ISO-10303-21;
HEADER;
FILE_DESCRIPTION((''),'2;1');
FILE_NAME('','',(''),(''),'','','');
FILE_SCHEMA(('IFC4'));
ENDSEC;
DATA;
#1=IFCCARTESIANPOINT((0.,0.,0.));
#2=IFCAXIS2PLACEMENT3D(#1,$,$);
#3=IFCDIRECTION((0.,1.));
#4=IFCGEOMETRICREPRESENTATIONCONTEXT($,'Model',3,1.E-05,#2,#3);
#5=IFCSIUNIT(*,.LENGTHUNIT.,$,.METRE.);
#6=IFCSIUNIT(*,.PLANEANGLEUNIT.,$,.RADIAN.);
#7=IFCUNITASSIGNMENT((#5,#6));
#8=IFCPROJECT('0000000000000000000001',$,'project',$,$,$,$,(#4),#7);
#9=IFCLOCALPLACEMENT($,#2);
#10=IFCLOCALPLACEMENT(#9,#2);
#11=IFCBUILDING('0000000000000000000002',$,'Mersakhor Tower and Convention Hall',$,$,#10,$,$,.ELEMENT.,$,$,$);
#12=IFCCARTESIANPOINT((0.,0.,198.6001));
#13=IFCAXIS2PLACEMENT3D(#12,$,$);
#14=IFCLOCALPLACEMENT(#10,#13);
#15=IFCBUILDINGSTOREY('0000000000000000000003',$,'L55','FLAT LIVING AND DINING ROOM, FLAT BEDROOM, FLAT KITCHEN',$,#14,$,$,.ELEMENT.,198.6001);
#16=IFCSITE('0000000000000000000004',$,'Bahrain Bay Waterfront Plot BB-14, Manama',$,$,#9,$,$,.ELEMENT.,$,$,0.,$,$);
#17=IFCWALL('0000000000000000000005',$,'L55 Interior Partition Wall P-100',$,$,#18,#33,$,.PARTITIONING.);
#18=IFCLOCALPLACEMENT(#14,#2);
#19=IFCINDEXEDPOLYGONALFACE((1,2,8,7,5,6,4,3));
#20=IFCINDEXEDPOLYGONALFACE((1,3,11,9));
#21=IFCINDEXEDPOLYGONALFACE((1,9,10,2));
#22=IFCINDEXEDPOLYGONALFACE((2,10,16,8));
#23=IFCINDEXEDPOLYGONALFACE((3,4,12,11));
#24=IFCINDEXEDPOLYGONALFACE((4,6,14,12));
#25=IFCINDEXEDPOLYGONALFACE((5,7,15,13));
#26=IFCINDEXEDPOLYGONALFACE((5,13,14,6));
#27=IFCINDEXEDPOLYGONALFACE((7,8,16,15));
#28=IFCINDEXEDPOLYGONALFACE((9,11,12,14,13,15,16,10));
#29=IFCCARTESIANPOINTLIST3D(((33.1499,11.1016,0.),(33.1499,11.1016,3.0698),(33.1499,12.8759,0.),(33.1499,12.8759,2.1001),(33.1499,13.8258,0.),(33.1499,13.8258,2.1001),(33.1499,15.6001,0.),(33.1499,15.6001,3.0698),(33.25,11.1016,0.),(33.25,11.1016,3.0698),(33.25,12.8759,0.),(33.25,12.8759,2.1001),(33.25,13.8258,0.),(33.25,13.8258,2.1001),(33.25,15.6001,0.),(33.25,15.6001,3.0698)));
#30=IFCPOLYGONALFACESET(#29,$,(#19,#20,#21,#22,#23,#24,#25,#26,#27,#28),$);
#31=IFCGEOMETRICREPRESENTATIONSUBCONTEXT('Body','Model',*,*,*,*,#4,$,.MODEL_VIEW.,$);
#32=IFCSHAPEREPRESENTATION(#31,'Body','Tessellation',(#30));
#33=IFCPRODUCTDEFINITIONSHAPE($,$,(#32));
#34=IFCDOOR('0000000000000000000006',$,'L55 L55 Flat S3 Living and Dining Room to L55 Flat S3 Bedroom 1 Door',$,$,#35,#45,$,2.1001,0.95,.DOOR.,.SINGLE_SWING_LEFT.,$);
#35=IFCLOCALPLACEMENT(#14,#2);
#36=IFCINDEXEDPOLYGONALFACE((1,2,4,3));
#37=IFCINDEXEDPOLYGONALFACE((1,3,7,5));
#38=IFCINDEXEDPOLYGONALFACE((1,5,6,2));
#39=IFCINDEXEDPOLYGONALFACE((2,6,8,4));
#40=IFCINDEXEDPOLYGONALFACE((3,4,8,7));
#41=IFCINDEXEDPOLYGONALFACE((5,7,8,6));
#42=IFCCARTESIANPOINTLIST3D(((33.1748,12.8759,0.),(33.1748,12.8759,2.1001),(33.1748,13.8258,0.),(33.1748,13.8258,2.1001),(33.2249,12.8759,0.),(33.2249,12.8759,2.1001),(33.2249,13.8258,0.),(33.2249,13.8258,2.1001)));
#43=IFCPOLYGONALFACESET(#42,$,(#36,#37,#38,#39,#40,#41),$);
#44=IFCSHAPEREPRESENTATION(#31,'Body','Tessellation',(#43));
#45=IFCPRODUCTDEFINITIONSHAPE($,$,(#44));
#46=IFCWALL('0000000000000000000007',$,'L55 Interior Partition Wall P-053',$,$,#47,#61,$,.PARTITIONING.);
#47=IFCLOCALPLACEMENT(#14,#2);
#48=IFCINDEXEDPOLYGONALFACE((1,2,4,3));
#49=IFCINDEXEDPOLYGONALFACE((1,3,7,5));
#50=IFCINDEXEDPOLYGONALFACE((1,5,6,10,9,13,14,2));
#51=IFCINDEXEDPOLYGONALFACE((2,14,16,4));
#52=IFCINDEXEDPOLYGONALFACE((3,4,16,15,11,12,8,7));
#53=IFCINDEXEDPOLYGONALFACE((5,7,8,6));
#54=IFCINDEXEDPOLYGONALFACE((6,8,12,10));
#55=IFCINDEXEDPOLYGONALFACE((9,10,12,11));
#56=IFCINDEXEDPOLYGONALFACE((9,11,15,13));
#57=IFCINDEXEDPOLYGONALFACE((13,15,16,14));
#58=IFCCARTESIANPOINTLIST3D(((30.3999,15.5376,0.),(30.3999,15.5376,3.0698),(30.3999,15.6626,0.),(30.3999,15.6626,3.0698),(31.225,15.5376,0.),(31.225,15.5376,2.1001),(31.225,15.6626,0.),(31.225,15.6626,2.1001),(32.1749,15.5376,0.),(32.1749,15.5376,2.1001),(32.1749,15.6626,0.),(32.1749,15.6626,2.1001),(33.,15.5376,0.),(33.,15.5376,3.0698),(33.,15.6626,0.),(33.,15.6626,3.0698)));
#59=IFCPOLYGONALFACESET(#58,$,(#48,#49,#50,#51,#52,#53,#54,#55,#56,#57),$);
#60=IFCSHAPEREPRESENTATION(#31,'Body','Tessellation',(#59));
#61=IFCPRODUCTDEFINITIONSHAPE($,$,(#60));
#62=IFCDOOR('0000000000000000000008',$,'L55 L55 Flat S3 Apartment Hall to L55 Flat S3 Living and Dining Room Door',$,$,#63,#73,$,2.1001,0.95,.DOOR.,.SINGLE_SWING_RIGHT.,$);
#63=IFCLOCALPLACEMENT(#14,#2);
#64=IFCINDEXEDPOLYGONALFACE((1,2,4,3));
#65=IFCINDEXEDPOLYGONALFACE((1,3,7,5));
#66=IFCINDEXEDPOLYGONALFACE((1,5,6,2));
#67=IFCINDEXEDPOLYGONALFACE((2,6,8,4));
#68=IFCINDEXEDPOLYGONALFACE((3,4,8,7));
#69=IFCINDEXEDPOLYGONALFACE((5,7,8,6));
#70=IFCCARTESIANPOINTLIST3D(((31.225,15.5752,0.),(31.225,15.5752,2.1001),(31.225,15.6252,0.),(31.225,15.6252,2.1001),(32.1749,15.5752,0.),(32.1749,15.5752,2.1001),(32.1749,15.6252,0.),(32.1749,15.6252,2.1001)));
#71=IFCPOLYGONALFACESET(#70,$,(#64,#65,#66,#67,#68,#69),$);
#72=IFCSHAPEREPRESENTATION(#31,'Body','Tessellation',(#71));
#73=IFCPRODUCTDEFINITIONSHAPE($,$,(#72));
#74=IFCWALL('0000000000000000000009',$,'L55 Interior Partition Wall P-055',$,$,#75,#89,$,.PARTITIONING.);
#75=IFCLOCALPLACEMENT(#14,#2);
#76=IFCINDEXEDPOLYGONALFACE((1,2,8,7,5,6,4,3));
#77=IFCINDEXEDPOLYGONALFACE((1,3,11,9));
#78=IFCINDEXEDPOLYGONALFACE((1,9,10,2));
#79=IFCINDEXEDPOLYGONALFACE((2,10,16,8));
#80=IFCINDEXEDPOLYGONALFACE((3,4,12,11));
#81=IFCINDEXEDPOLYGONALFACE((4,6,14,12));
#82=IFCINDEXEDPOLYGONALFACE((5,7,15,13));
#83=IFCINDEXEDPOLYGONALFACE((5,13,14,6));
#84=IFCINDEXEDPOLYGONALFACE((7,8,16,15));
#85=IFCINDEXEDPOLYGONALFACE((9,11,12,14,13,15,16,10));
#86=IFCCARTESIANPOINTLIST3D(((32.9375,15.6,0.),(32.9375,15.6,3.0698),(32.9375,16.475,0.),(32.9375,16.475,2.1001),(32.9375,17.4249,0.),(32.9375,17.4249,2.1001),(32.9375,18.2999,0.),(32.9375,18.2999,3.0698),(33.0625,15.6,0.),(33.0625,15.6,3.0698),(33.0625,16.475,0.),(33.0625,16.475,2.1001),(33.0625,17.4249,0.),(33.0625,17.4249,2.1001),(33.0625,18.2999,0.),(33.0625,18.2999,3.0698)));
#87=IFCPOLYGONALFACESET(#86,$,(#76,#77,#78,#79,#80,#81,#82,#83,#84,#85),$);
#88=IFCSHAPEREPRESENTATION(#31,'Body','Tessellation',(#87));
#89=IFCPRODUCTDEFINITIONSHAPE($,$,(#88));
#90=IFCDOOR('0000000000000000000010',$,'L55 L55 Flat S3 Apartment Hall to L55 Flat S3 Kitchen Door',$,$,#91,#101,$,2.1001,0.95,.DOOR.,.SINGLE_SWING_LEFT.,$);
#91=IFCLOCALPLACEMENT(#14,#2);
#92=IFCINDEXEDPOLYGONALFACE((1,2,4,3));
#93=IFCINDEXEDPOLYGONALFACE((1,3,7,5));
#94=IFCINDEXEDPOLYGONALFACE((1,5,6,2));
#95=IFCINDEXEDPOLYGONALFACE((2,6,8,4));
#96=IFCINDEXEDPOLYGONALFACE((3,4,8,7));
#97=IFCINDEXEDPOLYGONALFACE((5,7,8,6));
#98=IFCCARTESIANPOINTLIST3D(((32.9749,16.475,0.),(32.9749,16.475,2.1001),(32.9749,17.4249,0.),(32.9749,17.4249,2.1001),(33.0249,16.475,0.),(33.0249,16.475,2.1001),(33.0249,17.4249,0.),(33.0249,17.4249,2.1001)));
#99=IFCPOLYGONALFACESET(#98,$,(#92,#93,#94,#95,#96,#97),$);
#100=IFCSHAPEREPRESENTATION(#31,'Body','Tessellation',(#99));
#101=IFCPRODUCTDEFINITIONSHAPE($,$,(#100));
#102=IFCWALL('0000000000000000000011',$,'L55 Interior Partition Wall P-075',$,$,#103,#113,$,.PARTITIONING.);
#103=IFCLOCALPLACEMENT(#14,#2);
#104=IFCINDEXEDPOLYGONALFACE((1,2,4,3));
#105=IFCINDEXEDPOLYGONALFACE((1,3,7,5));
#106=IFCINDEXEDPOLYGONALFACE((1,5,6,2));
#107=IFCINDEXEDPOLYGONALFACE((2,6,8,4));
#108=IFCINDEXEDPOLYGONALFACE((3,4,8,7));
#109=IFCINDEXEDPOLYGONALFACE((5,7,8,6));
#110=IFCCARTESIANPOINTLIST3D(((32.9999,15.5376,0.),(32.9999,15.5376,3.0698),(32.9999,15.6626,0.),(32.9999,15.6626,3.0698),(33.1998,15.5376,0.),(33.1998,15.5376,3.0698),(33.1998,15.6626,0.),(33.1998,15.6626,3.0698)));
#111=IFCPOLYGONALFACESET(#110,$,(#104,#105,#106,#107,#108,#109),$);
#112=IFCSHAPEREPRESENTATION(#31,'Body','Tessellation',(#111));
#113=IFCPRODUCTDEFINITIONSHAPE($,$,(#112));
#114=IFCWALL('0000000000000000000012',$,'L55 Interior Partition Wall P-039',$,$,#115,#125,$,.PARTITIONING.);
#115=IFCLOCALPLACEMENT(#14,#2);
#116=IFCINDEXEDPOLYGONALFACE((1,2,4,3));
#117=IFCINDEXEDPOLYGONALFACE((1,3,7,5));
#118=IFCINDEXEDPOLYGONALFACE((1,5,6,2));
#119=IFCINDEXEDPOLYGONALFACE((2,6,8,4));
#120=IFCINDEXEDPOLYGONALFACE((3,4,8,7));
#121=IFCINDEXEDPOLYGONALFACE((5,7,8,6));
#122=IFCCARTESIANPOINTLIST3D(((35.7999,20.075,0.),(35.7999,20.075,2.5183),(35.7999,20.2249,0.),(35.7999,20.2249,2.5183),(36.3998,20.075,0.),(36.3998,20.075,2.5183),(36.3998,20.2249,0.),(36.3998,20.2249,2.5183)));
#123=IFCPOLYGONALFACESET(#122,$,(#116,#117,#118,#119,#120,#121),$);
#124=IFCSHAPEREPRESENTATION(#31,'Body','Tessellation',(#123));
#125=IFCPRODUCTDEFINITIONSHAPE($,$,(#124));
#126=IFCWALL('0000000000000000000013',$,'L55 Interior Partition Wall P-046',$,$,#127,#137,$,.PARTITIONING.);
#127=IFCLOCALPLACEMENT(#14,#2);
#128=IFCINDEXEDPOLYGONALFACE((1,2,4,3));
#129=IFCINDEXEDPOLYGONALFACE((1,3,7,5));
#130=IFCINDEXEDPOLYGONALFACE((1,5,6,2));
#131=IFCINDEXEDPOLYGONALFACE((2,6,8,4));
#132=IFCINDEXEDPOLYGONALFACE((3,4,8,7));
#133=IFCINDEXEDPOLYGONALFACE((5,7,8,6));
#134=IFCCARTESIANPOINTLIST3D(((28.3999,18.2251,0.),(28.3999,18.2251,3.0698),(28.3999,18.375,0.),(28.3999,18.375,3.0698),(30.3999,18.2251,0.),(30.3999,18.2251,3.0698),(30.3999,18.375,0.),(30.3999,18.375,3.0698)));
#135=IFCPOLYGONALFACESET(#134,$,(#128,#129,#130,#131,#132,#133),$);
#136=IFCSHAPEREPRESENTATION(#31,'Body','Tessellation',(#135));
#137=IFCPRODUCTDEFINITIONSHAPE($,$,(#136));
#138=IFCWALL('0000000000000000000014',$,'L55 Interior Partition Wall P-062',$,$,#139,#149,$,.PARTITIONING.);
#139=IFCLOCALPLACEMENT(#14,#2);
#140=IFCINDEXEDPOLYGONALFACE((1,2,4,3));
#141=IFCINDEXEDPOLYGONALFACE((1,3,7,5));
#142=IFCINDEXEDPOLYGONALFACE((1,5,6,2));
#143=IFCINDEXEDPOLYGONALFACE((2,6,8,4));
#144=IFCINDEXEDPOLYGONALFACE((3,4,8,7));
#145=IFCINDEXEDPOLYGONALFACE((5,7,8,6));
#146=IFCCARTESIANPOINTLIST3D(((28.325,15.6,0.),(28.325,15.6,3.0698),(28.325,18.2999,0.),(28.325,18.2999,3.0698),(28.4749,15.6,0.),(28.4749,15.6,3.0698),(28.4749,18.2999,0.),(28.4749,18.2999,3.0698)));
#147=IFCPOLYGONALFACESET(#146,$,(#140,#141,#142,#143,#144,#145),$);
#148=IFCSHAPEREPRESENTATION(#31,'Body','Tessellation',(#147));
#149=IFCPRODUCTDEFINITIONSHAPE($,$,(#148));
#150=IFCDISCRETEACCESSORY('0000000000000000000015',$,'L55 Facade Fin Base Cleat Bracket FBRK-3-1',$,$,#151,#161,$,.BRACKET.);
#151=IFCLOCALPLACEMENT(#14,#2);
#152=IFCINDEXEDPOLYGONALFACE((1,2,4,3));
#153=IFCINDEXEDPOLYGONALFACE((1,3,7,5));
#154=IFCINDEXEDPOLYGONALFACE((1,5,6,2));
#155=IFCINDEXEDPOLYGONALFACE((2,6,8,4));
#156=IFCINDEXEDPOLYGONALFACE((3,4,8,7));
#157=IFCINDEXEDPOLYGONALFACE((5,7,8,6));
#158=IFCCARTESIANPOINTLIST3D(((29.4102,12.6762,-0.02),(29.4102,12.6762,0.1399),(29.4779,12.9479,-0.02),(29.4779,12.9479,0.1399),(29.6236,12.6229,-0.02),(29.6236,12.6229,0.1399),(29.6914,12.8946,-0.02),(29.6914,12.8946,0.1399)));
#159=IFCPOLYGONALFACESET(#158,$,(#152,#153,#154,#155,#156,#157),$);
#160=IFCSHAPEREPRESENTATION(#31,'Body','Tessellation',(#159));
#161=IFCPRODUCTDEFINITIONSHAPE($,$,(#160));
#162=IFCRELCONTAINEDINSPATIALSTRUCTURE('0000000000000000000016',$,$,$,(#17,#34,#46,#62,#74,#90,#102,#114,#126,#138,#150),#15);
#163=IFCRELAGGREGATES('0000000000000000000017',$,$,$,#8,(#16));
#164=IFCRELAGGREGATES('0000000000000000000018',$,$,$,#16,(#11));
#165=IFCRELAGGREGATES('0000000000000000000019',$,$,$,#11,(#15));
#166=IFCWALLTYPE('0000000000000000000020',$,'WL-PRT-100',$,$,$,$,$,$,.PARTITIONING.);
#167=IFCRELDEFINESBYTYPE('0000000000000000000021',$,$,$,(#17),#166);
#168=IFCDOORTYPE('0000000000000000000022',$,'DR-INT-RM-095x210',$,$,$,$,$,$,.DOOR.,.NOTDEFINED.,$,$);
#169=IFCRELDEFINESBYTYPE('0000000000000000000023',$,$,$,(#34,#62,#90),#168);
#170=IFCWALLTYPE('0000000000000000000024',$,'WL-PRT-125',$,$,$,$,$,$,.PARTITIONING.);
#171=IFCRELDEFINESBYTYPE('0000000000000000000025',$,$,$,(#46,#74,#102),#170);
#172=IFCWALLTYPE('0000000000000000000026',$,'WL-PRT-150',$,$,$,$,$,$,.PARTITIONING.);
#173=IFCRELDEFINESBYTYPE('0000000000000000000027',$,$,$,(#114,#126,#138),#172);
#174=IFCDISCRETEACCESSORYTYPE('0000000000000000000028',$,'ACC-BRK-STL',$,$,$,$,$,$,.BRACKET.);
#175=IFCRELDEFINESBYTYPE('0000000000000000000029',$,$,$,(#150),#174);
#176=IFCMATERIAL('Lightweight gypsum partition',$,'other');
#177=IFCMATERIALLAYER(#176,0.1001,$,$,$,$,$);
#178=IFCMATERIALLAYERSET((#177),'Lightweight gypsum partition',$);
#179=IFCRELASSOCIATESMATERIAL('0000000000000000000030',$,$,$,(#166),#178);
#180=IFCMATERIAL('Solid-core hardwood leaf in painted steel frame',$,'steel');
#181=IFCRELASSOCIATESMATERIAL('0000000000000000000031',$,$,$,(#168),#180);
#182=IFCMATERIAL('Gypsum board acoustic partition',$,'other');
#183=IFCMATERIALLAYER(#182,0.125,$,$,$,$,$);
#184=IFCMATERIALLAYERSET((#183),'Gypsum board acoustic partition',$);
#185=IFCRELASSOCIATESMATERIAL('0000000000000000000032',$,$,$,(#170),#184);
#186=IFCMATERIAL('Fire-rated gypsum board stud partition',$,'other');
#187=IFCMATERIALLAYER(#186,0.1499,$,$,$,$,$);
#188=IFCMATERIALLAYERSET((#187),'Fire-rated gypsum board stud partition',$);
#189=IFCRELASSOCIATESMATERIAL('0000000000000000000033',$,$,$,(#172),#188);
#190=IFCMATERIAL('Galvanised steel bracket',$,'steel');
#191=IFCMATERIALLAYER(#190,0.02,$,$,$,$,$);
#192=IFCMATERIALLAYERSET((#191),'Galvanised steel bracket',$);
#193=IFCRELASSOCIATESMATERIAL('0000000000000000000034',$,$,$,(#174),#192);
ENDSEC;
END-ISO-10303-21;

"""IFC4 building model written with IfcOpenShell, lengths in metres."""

from ifc_helpers import new_model, si_unit, direction, frame, frame_2d, origin, origin_2d, place, context, subcontext, project, spatial, rectangle, extrude, material, layer, layer_set, type_object, element, fill, save


model = new_model("IFC4")

# Units and contexts
model_context = context("Model", 3, precision=1e-05, world=origin(), true_north=direction((0.0, 1.0)))
body_context = subcontext(model_context, "Body", "Model", "MODEL_VIEW")
ifc_project = project(units=[si_unit("LENGTHUNIT", "METRE"), si_unit("PLANEANGLEUNIT", "RADIAN")], contexts=[model_context])

# Site, building, storey
site_placement = place(None, origin())
site = spatial("IfcSite", under=ifc_project, at=site_placement, Name="Bahrain Bay Waterfront Plot BB-14, Manama", CompositionType="ELEMENT", RefElevation=0.0)
building_placement = place(site_placement, origin())
building = spatial("IfcBuilding", under=site, at=building_placement, Name="Mersakhor Tower and Convention Hall", CompositionType="ELEMENT")
storey_placement = place(building_placement, frame((0.0, 0.0, 198.6001)))
storey = spatial("IfcBuildingStorey", under=building, at=storey_placement, Name="L55", Description="FLAT LIVING AND DINING ROOM, FLAT BEDROOM, FLAT KITCHEN", CompositionType="ELEMENT", Elevation=198.6001)

# Shared definitions
ifc_material_1 = material(Name="Lightweight gypsum partition", Category="other")
ifc_layer_1 = layer(ifc_material_1, 0.1001)
ifc_layer_set_1 = layer_set([ifc_layer_1], Name="Lightweight gypsum partition")
wall_type_1 = type_object("IfcWallType", Name="WL-PRT-100", PredefinedType="PARTITIONING", material=ifc_layer_set_1)

# Walls, openings, doors
wall_1_placement = place(storey_placement, frame((33.2, 15.6001, 0.0), z_axis=(0.0, 0.0, 1.0), x_axis=(0.0, -1.0, 0.0)))
wall_1 = element("IfcWall", 1, at=wall_1_placement, inside=storey, type_object=wall_type_1, Name="L55 Interior Partition Wall P-100", PredefinedType="PARTITIONING", context=body_context, shape_type="SweptSolid", body=[
    extrude(rectangle(XDim=4.4985, YDim=0.1001, at=frame_2d((2.2493, 0.0))), origin(), (0.0, 0.0, 1.0), 3.0698),
])
opening_1_placement = place(wall_1_placement, frame((1.7742, 0.0, 0.0)))
opening_1 = element("IfcOpeningElement", 2, at=opening_1_placement, cuts=wall_1, PredefinedType="OPENING", context=body_context, shape_type="SweptSolid", body=[
    extrude(rectangle(XDim=0.95, YDim=2.1001, at=frame_2d((0.4751, 1.05))), frame((0.0, 0.0601, 0.0), z_axis=(0.0, -1.0, 0.0), x_axis=(1.0, 0.0, 0.0)), (0.0, 0.0, 1.0), 0.1201),
])
ifc_material_2 = material(Name="Solid-core hardwood leaf in painted steel frame", Category="steel")
door_type_1 = type_object("IfcDoorType", Name="DR-INT-RM-095x210", OperationType="NOTDEFINED", PredefinedType="DOOR", material=ifc_material_2)
door_1_placement = place(opening_1_placement, origin())
door_1 = element("IfcDoor", 3, at=door_1_placement, inside=storey, type_object=door_type_1, Name="L55 L55 Flat S3 Living and Dining Room to L55 Flat S3 Bedroom 1 Door", OperationType="SINGLE_SWING_LEFT", OverallHeight=2.1001, OverallWidth=0.95, PredefinedType="DOOR", context=body_context, shape_type="SweptSolid", body=[
    extrude(rectangle(XDim=0.95, YDim=2.1001, at=frame_2d((0.4751, 1.05))), frame((0.0, 0.0249, 0.0), z_axis=(0.0, -1.0, 0.0), x_axis=(1.0, 0.0, 0.0)), (0.0, 0.0, 1.0), 0.05),
])
fill(opening_1, door_1)
ifc_material_3 = material(Name="Gypsum board acoustic partition", Category="other")
ifc_layer_2 = layer(ifc_material_3, 0.125)
ifc_layer_set_2 = layer_set([ifc_layer_2], Name="Gypsum board acoustic partition")
wall_type_2 = type_object("IfcWallType", Name="WL-PRT-125", PredefinedType="PARTITIONING", material=ifc_layer_set_2)
wall_2_placement = place(storey_placement, frame((33.0, 15.6001, 0.0), z_axis=(0.0, 0.0, 1.0), x_axis=(-1.0, 0.0, 0.0)))
wall_2 = element("IfcWall", 4, at=wall_2_placement, inside=storey, type_object=wall_type_2, Name="L55 Interior Partition Wall P-053", PredefinedType="PARTITIONING", context=body_context, shape_type="SweptSolid", body=[
    extrude(rectangle(XDim=2.6001, YDim=0.125, at=frame_2d((1.3, 0.0))), origin(), (0.0, 0.0, 1.0), 3.0698),
])
opening_2_placement = place(wall_2_placement, frame((0.825, 0.0, 0.0)))
opening_2 = element("IfcOpeningElement", 5, at=opening_2_placement, cuts=wall_2, PredefinedType="OPENING", context=body_context, shape_type="SweptSolid", body=[
    extrude(rectangle(XDim=0.95, YDim=2.1001, at=frame_2d((0.4751, 1.05))), frame((0.0, 0.0725, 0.0), z_axis=(0.0, -1.0, 0.0), x_axis=(1.0, 0.0, 0.0)), (0.0, 0.0, 1.0), 0.145),
])
door_2_placement = place(opening_2_placement, origin())
door_2 = element("IfcDoor", 6, at=door_2_placement, inside=storey, type_object=door_type_1, Name="L55 L55 Flat S3 Apartment Hall to L55 Flat S3 Living and Dining Room Door", OperationType="SINGLE_SWING_RIGHT", OverallHeight=2.1001, OverallWidth=0.95, PredefinedType="DOOR", context=body_context, shape_type="SweptSolid", body=[
    extrude(rectangle(XDim=0.95, YDim=2.1001, at=frame_2d((0.4751, 1.05))), frame((0.0, 0.0249, 0.0), z_axis=(0.0, -1.0, 0.0), x_axis=(1.0, 0.0, 0.0)), (0.0, 0.0, 1.0), 0.05),
])
fill(opening_2, door_2)
wall_3_placement = place(storey_placement, frame((33.0, 18.3, 0.0), z_axis=(0.0, 0.0, 1.0), x_axis=(0.0, -1.0, 0.0)))
wall_3 = element("IfcWall", 7, at=wall_3_placement, inside=storey, type_object=wall_type_2, Name="L55 Interior Partition Wall P-055", PredefinedType="PARTITIONING", context=body_context, shape_type="SweptSolid", body=[
    extrude(rectangle(XDim=2.7, YDim=0.125, at=frame_2d((1.3501, 0.0))), origin(), (0.0, 0.0, 1.0), 3.0698),
])
opening_3_placement = place(wall_3_placement, frame((0.875, 0.0, 0.0)))
opening_3 = element("IfcOpeningElement", 8, at=opening_3_placement, cuts=wall_3, PredefinedType="OPENING", context=body_context, shape_type="SweptSolid", body=[
    extrude(rectangle(XDim=0.95, YDim=2.1001, at=frame_2d((0.4751, 1.05))), frame((0.0, 0.0725, 0.0), z_axis=(0.0, -1.0, 0.0), x_axis=(1.0, 0.0, 0.0)), (0.0, 0.0, 1.0), 0.145),
])
door_3_placement = place(opening_3_placement, origin())
door_3 = element("IfcDoor", 9, at=door_3_placement, inside=storey, type_object=door_type_1, Name="L55 L55 Flat S3 Apartment Hall to L55 Flat S3 Kitchen Door", OperationType="SINGLE_SWING_LEFT", OverallHeight=2.1001, OverallWidth=0.95, PredefinedType="DOOR", context=body_context, shape_type="SweptSolid", body=[
    extrude(rectangle(XDim=0.95, YDim=2.1001, at=frame_2d((0.4751, 1.05))), frame((0.0, 0.0249, 0.0), z_axis=(0.0, -1.0, 0.0), x_axis=(1.0, 0.0, 0.0)), (0.0, 0.0, 1.0), 0.05),
])
fill(opening_3, door_3)

# Walls
wall_4_placement = place(storey_placement, frame((33.2, 15.6001, 0.0), z_axis=(0.0, 0.0, 1.0), x_axis=(-1.0, 0.0, 0.0)))
element("IfcWall", 10, at=wall_4_placement, inside=storey, type_object=wall_type_2, Name="L55 Interior Partition Wall P-075", PredefinedType="PARTITIONING", context=body_context, shape_type="SweptSolid", body=[
    extrude(rectangle(XDim=0.2, YDim=0.125, at=frame_2d((0.1001, 0.0))), origin(), (0.0, 0.0, 1.0), 3.0698),
])
ifc_material_4 = material(Name="Fire-rated gypsum board stud partition", Category="other")
ifc_layer_3 = layer(ifc_material_4, 0.1499)
ifc_layer_set_3 = layer_set([ifc_layer_3], Name="Fire-rated gypsum board stud partition")
wall_type_3 = type_object("IfcWallType", Name="WL-PRT-150", PredefinedType="PARTITIONING", material=ifc_layer_set_3)
wall_5_placement = place(storey_placement, frame((35.8, 20.1499, 0.0), z_axis=(0.0, 0.0, 1.0), x_axis=(1.0, 0.0, 0.0)))
element("IfcWall", 11, at=wall_5_placement, inside=storey, type_object=wall_type_3, Name="L55 Interior Partition Wall P-039", PredefinedType="PARTITIONING", context=body_context, shape_type="SweptSolid", body=[
    extrude(rectangle(XDim=0.5999, YDim=0.1499, at=frame_2d((0.2998, 0.0))), origin(), (0.0, 0.0, 1.0), 2.5183),
])

# Walls
wall_6_placement = place(storey_placement, frame((30.3999, 18.3, 0.0), z_axis=(0.0, 0.0, 1.0), x_axis=(-1.0, 0.0, 0.0)))
element("IfcWall", 12, at=wall_6_placement, inside=storey, type_object=wall_type_3, Name="L55 Interior Partition Wall P-046", PredefinedType="PARTITIONING", context=body_context, shape_type="SweptSolid", body=[
    extrude(rectangle(XDim=2.0, YDim=0.1499, at=frame_2d((1.0, 0.0))), origin(), (0.0, 0.0, 1.0), 3.0698),
])
wall_7_placement = place(storey_placement, frame((28.3999, 18.3, 0.0), z_axis=(0.0, 0.0, 1.0), x_axis=(0.0, -1.0, 0.0)))
element("IfcWall", 13, at=wall_7_placement, inside=storey, type_object=wall_type_3, Name="L55 Interior Partition Wall P-062", PredefinedType="PARTITIONING", context=body_context, shape_type="SweptSolid", body=[
    extrude(rectangle(XDim=2.7, YDim=0.1499, at=frame_2d((1.3501, 0.0))), origin(), (0.0, 0.0, 1.0), 3.0698),
])

# Discrete accessory
ifc_material_5 = material(Name="Galvanised steel bracket", Category="steel")
ifc_layer_4 = layer(ifc_material_5, 0.02)
ifc_layer_set_4 = layer_set([ifc_layer_4], Name="Galvanised steel bracket")
discrete_accessory_type = type_object("IfcDiscreteAccessoryType", Name="ACC-BRK-STL", PredefinedType="BRACKET", material=ifc_layer_set_4)
discrete_accessory_placement = place(storey_placement, frame((29.5508, 12.7854, -0.02), z_axis=(0.0, 0.0, 1.0), x_axis=(-0.241922, -0.970296, 0.0)))
element("IfcDiscreteAccessory", 14, at=discrete_accessory_placement, inside=storey, type_object=discrete_accessory_type, Name="L55 Facade Fin Base Cleat Bracket FBRK-3-1", PredefinedType="BRACKET", context=body_context, shape_type="SweptSolid", body=[
    extrude(rectangle(XDim=0.28, YDim=0.22, at=origin_2d()), origin(), (0.0, 0.0, 1.0), 0.1599),
])

save(model, "model.ifc")
